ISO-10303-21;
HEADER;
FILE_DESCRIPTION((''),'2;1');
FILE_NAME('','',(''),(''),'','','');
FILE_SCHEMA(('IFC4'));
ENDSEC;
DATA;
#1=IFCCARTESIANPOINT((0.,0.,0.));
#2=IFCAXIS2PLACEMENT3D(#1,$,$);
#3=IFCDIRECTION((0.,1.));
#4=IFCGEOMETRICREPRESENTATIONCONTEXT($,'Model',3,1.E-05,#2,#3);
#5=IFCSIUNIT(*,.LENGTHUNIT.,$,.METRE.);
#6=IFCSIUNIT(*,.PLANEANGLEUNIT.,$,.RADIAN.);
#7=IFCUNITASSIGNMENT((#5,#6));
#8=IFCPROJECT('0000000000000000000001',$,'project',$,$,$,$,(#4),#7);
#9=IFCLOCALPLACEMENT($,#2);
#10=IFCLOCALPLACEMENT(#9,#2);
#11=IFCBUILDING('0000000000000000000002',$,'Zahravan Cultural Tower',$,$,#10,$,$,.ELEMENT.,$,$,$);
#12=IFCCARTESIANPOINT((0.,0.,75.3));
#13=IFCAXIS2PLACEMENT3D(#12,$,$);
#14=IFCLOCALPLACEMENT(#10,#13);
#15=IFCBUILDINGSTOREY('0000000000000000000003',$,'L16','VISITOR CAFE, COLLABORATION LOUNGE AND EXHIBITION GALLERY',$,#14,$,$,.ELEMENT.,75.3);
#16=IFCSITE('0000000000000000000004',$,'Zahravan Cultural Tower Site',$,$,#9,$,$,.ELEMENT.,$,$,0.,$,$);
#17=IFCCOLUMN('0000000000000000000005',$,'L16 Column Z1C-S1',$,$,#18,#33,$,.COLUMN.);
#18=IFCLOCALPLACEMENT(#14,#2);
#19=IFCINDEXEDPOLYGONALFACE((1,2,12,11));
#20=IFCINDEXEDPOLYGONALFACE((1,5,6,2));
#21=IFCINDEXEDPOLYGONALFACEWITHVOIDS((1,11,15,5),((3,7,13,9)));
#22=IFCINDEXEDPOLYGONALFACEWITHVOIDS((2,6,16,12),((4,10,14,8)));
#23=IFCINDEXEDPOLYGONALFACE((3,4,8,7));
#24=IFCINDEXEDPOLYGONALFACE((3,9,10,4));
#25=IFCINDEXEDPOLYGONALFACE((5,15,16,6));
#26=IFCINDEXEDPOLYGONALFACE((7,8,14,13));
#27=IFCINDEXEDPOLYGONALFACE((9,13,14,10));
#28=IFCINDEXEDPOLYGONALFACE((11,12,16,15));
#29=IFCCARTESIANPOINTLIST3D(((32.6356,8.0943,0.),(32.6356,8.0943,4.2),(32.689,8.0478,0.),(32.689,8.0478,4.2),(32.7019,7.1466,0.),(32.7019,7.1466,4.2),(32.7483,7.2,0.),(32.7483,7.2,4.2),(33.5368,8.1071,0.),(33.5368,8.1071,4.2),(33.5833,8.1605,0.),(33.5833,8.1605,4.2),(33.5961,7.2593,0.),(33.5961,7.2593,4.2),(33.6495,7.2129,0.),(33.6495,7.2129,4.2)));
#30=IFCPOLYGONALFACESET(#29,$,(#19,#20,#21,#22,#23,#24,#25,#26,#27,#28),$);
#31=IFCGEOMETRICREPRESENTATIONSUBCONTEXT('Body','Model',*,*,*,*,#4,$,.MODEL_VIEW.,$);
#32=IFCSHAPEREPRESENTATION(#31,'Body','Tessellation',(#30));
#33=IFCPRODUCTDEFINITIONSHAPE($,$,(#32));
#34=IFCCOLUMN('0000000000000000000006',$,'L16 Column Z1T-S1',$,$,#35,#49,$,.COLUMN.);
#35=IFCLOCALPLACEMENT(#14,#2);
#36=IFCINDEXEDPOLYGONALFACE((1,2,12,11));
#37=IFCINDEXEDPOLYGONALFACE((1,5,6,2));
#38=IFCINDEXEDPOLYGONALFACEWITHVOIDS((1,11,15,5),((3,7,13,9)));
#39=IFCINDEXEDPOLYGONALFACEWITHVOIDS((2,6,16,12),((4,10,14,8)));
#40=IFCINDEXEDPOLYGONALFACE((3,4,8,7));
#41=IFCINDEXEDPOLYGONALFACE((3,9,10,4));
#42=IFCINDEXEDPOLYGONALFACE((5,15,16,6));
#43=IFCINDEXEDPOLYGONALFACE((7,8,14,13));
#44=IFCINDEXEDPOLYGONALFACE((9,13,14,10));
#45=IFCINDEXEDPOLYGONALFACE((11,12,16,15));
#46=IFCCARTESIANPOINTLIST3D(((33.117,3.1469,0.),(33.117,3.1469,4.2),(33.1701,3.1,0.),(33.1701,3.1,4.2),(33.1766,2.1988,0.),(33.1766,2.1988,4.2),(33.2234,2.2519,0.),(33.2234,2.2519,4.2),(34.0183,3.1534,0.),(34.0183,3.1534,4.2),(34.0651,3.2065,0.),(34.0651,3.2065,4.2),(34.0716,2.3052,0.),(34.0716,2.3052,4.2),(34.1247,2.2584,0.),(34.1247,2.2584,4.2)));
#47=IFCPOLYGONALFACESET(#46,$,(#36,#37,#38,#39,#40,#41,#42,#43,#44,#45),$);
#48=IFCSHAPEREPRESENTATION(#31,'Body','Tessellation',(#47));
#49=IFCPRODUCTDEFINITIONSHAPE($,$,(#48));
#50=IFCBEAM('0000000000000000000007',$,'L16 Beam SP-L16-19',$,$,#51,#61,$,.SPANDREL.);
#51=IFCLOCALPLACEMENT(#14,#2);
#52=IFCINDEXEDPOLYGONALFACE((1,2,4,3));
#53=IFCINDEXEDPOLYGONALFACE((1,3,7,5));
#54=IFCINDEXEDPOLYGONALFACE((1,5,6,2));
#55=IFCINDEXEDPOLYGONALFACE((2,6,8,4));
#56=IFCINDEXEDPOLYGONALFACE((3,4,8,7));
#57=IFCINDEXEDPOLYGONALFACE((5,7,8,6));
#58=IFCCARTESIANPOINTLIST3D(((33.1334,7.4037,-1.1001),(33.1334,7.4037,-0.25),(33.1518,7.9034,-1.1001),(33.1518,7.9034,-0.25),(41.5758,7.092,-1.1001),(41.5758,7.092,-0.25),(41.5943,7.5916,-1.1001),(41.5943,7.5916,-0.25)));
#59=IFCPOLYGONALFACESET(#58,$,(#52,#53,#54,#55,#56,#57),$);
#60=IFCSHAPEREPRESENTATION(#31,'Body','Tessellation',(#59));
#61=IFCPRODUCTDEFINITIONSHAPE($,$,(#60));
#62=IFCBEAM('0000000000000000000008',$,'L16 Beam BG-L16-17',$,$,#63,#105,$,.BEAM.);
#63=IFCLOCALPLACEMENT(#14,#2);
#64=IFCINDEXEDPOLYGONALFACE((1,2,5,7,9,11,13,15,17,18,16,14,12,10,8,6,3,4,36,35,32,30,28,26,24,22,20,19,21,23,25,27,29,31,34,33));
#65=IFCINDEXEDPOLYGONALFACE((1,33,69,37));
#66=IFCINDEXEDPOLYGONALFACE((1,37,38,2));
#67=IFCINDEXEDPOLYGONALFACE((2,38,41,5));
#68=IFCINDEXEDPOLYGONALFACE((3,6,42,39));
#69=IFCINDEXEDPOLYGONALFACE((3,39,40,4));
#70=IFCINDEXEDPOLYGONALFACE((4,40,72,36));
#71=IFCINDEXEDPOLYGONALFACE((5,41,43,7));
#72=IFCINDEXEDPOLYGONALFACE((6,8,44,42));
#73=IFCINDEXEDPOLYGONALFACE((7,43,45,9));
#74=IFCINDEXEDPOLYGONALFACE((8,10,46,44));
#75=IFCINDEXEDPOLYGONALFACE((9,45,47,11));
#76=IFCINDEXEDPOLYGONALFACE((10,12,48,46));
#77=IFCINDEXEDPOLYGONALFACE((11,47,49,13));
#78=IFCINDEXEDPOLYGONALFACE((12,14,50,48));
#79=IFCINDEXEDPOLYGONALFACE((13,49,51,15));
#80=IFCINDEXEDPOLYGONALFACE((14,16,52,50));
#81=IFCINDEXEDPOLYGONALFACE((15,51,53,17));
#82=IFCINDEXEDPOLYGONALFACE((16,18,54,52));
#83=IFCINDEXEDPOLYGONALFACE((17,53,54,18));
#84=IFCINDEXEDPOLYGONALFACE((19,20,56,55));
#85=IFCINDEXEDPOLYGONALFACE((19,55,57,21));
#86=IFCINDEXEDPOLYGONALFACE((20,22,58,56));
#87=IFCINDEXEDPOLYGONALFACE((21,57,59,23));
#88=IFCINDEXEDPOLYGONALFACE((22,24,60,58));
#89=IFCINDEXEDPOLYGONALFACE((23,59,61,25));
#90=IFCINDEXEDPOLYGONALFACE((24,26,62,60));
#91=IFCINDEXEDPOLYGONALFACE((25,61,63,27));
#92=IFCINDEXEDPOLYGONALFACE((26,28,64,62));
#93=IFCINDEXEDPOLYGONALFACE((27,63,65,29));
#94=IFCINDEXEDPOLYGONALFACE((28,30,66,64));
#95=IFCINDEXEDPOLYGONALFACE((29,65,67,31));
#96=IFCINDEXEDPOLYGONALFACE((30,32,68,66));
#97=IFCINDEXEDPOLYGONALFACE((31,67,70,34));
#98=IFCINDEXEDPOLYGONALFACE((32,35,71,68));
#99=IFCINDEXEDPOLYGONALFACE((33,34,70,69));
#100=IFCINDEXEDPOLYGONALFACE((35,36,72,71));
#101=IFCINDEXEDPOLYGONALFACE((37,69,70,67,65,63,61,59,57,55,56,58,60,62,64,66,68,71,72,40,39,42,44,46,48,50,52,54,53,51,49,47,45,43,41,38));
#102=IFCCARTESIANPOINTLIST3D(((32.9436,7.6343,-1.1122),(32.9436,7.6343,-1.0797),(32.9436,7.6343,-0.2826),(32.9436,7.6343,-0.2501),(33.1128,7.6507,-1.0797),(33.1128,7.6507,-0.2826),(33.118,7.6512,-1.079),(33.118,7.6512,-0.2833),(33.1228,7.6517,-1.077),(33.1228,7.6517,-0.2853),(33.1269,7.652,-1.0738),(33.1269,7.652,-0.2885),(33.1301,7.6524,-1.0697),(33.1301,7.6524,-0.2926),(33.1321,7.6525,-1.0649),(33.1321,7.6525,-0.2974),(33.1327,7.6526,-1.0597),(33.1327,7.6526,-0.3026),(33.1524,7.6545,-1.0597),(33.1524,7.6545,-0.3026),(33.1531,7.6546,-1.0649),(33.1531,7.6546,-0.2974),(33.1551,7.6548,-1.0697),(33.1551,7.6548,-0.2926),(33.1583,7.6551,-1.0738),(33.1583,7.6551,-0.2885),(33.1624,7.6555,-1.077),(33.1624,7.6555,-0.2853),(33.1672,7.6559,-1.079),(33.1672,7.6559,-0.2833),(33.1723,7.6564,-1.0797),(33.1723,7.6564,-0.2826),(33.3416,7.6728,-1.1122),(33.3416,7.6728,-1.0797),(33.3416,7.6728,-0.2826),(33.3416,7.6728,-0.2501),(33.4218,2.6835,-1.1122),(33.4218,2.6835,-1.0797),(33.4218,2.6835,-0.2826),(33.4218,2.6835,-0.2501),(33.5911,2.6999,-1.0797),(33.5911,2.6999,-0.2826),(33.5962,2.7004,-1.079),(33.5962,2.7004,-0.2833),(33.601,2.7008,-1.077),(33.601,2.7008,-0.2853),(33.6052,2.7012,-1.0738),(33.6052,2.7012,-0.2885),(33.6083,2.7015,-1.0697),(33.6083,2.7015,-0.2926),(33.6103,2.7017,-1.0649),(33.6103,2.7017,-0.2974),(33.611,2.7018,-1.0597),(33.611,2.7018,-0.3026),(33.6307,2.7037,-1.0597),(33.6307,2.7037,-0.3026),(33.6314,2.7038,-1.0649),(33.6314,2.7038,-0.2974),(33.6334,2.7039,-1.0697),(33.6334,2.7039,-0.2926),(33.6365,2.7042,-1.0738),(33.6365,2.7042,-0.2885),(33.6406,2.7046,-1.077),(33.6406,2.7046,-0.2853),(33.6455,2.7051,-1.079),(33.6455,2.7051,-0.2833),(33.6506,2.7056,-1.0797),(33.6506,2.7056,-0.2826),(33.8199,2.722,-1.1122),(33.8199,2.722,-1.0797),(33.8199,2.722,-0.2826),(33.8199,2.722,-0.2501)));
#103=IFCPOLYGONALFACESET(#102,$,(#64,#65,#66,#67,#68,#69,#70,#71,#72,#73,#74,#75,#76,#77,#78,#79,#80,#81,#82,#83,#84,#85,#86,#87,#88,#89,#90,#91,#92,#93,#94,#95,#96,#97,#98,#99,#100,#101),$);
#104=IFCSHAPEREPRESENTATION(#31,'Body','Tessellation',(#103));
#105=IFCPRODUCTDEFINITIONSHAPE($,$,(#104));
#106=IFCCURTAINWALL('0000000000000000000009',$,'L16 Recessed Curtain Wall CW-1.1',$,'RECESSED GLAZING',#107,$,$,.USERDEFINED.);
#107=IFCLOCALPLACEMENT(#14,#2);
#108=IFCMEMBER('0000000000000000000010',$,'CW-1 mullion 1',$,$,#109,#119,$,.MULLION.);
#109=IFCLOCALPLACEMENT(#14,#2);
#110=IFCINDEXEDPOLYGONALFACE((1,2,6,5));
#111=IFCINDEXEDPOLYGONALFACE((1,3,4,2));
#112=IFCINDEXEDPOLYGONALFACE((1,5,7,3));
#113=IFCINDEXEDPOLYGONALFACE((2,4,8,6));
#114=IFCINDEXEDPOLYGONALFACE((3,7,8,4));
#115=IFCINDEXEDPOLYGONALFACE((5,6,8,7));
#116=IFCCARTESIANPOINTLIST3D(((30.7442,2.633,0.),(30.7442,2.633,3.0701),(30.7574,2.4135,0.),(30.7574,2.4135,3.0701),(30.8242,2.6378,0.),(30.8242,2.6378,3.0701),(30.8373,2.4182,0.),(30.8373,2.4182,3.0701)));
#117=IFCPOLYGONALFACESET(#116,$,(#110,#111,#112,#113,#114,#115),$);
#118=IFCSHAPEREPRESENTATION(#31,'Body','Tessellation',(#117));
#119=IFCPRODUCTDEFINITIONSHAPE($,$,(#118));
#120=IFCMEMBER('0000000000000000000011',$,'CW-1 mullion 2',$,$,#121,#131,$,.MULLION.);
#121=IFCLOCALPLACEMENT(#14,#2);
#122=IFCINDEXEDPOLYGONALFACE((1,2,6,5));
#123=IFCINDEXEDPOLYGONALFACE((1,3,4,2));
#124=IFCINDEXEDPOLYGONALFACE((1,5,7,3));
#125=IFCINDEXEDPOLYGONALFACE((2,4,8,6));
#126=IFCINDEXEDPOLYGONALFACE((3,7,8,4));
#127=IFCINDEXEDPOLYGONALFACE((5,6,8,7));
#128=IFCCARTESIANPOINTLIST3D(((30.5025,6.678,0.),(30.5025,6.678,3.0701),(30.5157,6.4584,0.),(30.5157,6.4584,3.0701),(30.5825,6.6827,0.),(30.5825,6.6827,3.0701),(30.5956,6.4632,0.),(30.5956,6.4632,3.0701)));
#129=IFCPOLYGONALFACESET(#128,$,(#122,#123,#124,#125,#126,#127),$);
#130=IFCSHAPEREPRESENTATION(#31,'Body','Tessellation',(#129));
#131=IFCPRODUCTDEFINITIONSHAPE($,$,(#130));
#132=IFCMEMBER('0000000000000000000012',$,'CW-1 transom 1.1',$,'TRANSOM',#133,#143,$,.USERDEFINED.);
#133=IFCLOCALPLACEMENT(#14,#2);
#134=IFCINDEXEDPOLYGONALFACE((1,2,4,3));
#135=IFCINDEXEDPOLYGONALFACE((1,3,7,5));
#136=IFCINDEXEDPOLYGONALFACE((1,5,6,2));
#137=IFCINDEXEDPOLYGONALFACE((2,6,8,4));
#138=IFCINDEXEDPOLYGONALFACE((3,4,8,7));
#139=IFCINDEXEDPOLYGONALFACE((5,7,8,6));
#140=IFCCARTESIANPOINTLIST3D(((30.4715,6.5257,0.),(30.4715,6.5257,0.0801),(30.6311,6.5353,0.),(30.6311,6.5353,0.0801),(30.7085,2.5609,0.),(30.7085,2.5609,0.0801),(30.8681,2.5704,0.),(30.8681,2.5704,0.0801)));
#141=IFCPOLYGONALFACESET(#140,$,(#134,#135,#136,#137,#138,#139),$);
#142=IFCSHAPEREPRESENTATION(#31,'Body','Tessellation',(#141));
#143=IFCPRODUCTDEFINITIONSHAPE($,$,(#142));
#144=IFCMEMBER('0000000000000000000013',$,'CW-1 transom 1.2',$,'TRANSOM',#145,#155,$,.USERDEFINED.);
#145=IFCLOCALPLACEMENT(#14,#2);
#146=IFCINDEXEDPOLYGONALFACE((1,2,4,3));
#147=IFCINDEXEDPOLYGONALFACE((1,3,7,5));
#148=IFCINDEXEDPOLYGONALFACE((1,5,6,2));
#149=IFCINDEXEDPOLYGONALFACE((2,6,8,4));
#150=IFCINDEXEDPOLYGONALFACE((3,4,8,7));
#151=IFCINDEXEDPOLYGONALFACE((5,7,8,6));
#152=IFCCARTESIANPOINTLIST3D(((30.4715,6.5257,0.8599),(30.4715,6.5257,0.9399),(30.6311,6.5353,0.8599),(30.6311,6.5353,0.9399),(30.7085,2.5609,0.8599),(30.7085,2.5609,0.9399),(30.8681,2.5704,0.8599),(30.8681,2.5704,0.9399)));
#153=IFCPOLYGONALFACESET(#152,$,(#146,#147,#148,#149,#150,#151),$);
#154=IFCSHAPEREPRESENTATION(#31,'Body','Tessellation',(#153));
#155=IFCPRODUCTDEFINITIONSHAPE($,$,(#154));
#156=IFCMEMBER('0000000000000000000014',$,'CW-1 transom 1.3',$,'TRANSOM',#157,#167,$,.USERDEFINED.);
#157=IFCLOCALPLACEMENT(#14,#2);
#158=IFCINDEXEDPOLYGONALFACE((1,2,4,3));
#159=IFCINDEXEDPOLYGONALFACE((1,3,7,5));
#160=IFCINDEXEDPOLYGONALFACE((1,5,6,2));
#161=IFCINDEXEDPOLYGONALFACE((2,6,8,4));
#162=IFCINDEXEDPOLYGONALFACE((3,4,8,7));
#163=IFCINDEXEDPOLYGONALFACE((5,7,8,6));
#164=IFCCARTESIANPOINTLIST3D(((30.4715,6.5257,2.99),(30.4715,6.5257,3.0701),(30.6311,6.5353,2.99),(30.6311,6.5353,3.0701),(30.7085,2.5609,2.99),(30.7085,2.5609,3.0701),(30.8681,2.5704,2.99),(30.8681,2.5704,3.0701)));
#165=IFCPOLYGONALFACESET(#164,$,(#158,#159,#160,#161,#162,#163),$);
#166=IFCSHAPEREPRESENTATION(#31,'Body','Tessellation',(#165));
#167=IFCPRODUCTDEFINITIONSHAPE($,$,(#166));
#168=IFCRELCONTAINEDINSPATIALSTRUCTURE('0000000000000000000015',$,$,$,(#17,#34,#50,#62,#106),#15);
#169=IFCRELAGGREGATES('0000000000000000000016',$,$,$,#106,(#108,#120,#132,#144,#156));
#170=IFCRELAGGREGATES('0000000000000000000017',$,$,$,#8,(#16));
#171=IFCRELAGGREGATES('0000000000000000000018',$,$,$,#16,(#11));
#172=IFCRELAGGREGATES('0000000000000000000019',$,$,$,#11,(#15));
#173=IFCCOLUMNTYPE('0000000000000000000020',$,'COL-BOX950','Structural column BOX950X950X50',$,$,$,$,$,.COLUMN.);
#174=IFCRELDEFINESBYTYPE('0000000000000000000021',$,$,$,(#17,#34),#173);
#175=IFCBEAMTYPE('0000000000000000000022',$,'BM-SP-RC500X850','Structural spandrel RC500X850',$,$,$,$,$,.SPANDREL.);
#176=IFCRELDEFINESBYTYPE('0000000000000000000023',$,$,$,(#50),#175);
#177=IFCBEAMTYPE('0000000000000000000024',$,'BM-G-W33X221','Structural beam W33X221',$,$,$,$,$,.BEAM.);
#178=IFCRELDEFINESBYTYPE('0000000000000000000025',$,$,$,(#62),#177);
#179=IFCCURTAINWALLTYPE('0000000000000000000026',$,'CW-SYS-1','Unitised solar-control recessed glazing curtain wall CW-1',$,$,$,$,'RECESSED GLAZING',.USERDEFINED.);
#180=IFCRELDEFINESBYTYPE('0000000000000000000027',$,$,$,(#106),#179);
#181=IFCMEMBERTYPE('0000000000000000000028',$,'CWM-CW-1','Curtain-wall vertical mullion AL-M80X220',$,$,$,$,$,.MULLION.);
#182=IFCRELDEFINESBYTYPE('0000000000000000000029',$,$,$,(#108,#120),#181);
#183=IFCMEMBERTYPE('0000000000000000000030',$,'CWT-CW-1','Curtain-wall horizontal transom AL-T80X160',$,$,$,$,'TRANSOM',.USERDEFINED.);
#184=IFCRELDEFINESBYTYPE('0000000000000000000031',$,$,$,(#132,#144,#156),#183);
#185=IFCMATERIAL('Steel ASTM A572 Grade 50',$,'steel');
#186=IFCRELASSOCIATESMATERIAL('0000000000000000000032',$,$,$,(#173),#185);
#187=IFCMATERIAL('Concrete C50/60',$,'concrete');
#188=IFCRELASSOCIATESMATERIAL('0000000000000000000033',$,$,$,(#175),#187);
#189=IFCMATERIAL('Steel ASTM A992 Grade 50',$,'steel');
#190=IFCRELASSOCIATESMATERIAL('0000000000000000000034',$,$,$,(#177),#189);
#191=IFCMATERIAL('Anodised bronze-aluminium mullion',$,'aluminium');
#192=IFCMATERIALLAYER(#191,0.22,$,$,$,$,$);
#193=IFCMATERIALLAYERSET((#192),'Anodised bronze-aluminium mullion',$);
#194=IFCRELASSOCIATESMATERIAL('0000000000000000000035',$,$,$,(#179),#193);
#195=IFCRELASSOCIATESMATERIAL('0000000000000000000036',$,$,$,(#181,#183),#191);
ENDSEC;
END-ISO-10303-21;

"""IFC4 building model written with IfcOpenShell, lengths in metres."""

from ifc_helpers import new_model, si_unit, direction, frame, origin, origin_2d, place, context, subcontext, project, spatial, rectangle, hollow_rectangle, i_section, extrude, source, transform, mapped, material, layer, layer_set, material_profile, profile_set, type_object, element, aggregate, save


model = new_model("IFC4")

# Units and contexts
model_context = context("Model", 3, precision=1e-05, world=origin(), true_north=direction((0.0, 1.0)))
body_context = subcontext(model_context, "Body", "Model", "MODEL_VIEW")
ifc_project = project(units=[si_unit("LENGTHUNIT", "METRE"), si_unit("PLANEANGLEUNIT", "RADIAN")], contexts=[model_context])

# Site, building, storey
site_placement = place(None, origin())
site = spatial("IfcSite", under=ifc_project, at=site_placement, Name="Zahravan Cultural Tower Site", CompositionType="ELEMENT", RefElevation=0.0)
building_placement = place(site_placement, origin())
building = spatial("IfcBuilding", under=site, at=building_placement, Name="Zahravan Cultural Tower", CompositionType="ELEMENT")
storey_placement = place(building_placement, frame((0.0, 0.0, 75.3)))
storey = spatial("IfcBuildingStorey", under=building, at=storey_placement, Name="L16", Description="VISITOR CAFE, COLLABORATION LOUNGE AND EXHIBITION GALLERY", CompositionType="ELEMENT", Elevation=75.3)

# Columns
ifc_material_1 = material(Name="Steel ASTM A572 Grade 50", Category="steel")
ifc_material_profile_1 = material_profile(ifc_material_1, hollow_rectangle(XDim=0.95, YDim=0.95, WallThickness=0.05, at=origin_2d()), Name="BOX950X950X50")
ifc_profile_set_1 = profile_set([ifc_material_profile_1], Name="Steel ASTM A572 Grade 50")
column_type = type_object("IfcColumnType", Name="COL-BOX950", Description="Structural column BOX950X950X50", PredefinedType="COLUMN", material=ifc_profile_set_1)
shared_shape_1 = source(origin(), body_context, "Body", "SweptSolid", [
    extrude(hollow_rectangle(XDim=0.95, YDim=0.95, WallThickness=0.05, at=origin_2d()), origin(), (0.0, 0.0, 1.0), 4.2),
])
for number, where, z_axis, x_axis, name in (
    (1, (33.1426, 7.6536, 0.0), (0.0, 0.0, 1.0), (-0.069756, 0.997564, 0.0), "L16 Column Z1C-S1"),
    (2, (33.6208, 2.7026, 0.0), (0.0, 0.0, 1.0), (-0.062791, 0.998027, 0.0), "L16 Column Z1T-S1"),
):
    element("IfcColumn", number, at=place(storey_placement, frame(where, z_axis=z_axis, x_axis=x_axis)), inside=storey, type_object=column_type, Name=name, PredefinedType="COLUMN", context=body_context, shape_type="MappedRepresentation", body=[
        mapped(shared_shape_1, transform((0.0, 0.0, 0.0), x_axis=(1.0, 0.0, 0.0), y_axis=(0.0, 1.0, 0.0), z_axis=(0.0, 0.0, 1.0), scale=1.0)),
    ])

# Beams
ifc_material_2 = material(Name="Concrete C50/60", Category="concrete")
ifc_material_profile_2 = material_profile(ifc_material_2, rectangle(XDim=0.5, YDim=0.8501, at=origin_2d()), Name="RC500X850")
ifc_profile_set_2 = profile_set([ifc_material_profile_2], Name="Concrete C50/60")
beam_type_1 = type_object("IfcBeamType", Name="BM-SP-RC500X850", Description="Structural spandrel RC500X850", PredefinedType="SPANDREL", material=ifc_profile_set_2)
shared_shape_2 = source(origin(), body_context, "Body", "SweptSolid", [
    extrude(rectangle(XDim=0.5, YDim=0.8501, at=origin_2d()), origin(), (0.0, 0.0, 1.0), 8.4482),
])
beam_1_placement = place(storey_placement, frame((33.1426, 7.6536, -0.675), z_axis=(0.999319, -0.036904, 0.0), x_axis=(0.036904, 0.999319, 0.0)))
element("IfcBeam", 3, at=beam_1_placement, inside=storey, type_object=beam_type_1, Name="L16 Beam SP-L16-19", PredefinedType="SPANDREL", context=body_context, shape_type="MappedRepresentation", body=[
    mapped(shared_shape_2, transform((0.0, 0.0, 0.0), x_axis=(1.0, 0.0, 0.0), y_axis=(0.0, 1.0, 0.0), z_axis=(0.0, 0.0, 1.0), scale=1.0)),
])
ifc_material_3 = material(Name="Steel ASTM A992 Grade 50", Category="steel")
ifc_material_profile_3 = material_profile(ifc_material_3, i_section(OverallWidth=0.3999, OverallDepth=0.8621, WebThickness=0.0198, FlangeThickness=0.0325, FilletRadius=0.02, at=origin_2d()), Name="W33X221")
ifc_profile_set_3 = profile_set([ifc_material_profile_3], Name="Steel ASTM A992 Grade 50")
beam_type_2 = type_object("IfcBeamType", Name="BM-G-W33X221", Description="Structural beam W33X221", PredefinedType="BEAM", material=ifc_profile_set_3)
shared_shape_3 = source(origin(), body_context, "Body", "SweptSolid", [
    extrude(i_section(OverallWidth=0.3999, OverallDepth=0.8621, WebThickness=0.0198, FlangeThickness=0.0325, FilletRadius=0.02, at=origin_2d()), origin(), (0.0, 0.0, 1.0), 4.9739),
])
beam_2_placement = place(storey_placement, frame((33.1426, 7.6536, -0.6812), z_axis=(0.096155, -0.995366, 0.0), x_axis=(0.995366, 0.096155, 0.0)))
element("IfcBeam", 4, at=beam_2_placement, inside=storey, type_object=beam_type_2, Name="L16 Beam BG-L16-17", PredefinedType="BEAM", context=body_context, shape_type="MappedRepresentation", body=[
    mapped(shared_shape_3, transform((0.0, 0.0, 0.0), x_axis=(1.0, 0.0, 0.0), y_axis=(0.0, 1.0, 0.0), z_axis=(0.0, 0.0, 1.0), scale=1.0)),
])

# Curtain wall, members
ifc_material_4 = material(Name="Anodised bronze-aluminium mullion", Category="aluminium")
ifc_layer_1 = layer(ifc_material_4, 0.22)
ifc_layer_set_1 = layer_set([ifc_layer_1], Name="Anodised bronze-aluminium mullion")
curtain_wall_type = type_object("IfcCurtainWallType", Name="CW-SYS-1", Description="Unitised solar-control recessed glazing curtain wall CW-1", ElementType="RECESSED GLAZING", PredefinedType="USERDEFINED", material=ifc_layer_set_1)
curtain_wall_placement = place(storey_placement, origin())
curtain_wall = element("IfcCurtainWall", 5, at=curtain_wall_placement, inside=storey, type_object=curtain_wall_type, Name="L16 Recessed Curtain Wall CW-1.1", ObjectType="RECESSED GLAZING", PredefinedType="USERDEFINED")
ifc_material_profile_4 = material_profile(ifc_material_4, rectangle(XDim=0.0801, YDim=0.22, at=origin_2d()), Name="AL-M80X220")
ifc_profile_set_4 = profile_set([ifc_material_profile_4], Name="Anodised bronze-aluminium mullion")
member_type_1 = type_object("IfcMemberType", Name="CWM-CW-1", Description="Curtain-wall vertical mullion AL-M80X220", PredefinedType="MULLION", material=ifc_profile_set_4)
shared_shape_4 = source(origin(), body_context, "Body", "SweptSolid", [
    extrude(rectangle(XDim=0.0801, YDim=0.22, at=origin_2d()), origin(), (0.0, 0.0, 1.0), 3.0701),
])
member_1_placement = place(storey_placement, frame((30.7908, 2.5256, 0.0), z_axis=(0.0, 0.0, 1.0), x_axis=(-0.998219, -0.059652, 0.0)))
member_1 = element("IfcMember", 6, at=member_1_placement, type_object=member_type_1, Name="CW-1 mullion 1", PredefinedType="MULLION", context=body_context, shape_type="MappedRepresentation", body=[
    mapped(shared_shape_4, transform((0.0, 0.0, 0.0), x_axis=(1.0, 0.0, 0.0), y_axis=(0.0, 1.0, 0.0), z_axis=(0.0, 0.0, 1.0), scale=1.0)),
])
member_2_placement = place(storey_placement, frame((30.5491, 6.5706, 0.0), z_axis=(0.0, 0.0, 1.0), x_axis=(-0.998219, -0.059652, 0.0)))
member_2 = element("IfcMember", 7, at=member_2_placement, type_object=member_type_1, Name="CW-1 mullion 2", PredefinedType="MULLION", context=body_context, shape_type="MappedRepresentation", body=[
    mapped(shared_shape_4, transform((0.0, 0.0, 0.0), x_axis=(1.0, 0.0, 0.0), y_axis=(0.0, 1.0, 0.0), z_axis=(0.0, 0.0, 1.0), scale=1.0)),
])
ifc_material_profile_5 = material_profile(ifc_material_4, rectangle(XDim=0.1599, YDim=0.0801, at=origin_2d()), Name="AL-T80X160")
ifc_profile_set_5 = profile_set([ifc_material_profile_5], Name="Anodised bronze-aluminium mullion")
member_type_2 = type_object("IfcMemberType", Name="CWT-CW-1", Description="Curtain-wall horizontal transom AL-T80X160", ElementType="TRANSOM", PredefinedType="USERDEFINED", material=ifc_profile_set_5)
shared_shape_5 = source(origin(), body_context, "Body", "SweptSolid", [
    extrude(rectangle(XDim=0.1599, YDim=0.0801, at=origin_2d()), origin(), (0.0, 0.0, 1.0), 3.9719),
])
member_3_placement = place(storey_placement, frame((30.7883, 2.5657, 0.04), z_axis=(-0.059684, 0.998217, 0.0), x_axis=(-0.998217, -0.059684, 0.0)))
member_3 = element("IfcMember", 8, at=member_3_placement, type_object=member_type_2, Name="CW-1 transom 1.1", ObjectType="TRANSOM", PredefinedType="USERDEFINED", context=body_context, shape_type="MappedRepresentation", body=[
    mapped(shared_shape_5, transform((0.0, 0.0, 0.0), x_axis=(1.0, 0.0, 0.0), y_axis=(0.0, 1.0, 0.0), z_axis=(0.0, 0.0, 1.0), scale=1.0)),
])
member_4_placement = place(storey_placement, frame((30.7883, 2.5657, 0.8999), z_axis=(-0.059684, 0.998217, 0.0), x_axis=(-0.998217, -0.059684, 0.0)))
member_4 = element("IfcMember", 9, at=member_4_placement, type_object=member_type_2, Name="CW-1 transom 1.2", ObjectType="TRANSOM", PredefinedType="USERDEFINED", context=body_context, shape_type="MappedRepresentation", body=[
    mapped(shared_shape_5, transform((0.0, 0.0, 0.0), x_axis=(1.0, 0.0, 0.0), y_axis=(0.0, 1.0, 0.0), z_axis=(0.0, 0.0, 1.0), scale=1.0)),
])
member_5_placement = place(storey_placement, frame((30.7883, 2.5657, 3.03), z_axis=(-0.059684, 0.998217, 0.0), x_axis=(-0.998217, -0.059684, 0.0)))
member_5 = element("IfcMember", 10, at=member_5_placement, type_object=member_type_2, Name="CW-1 transom 1.3", ObjectType="TRANSOM", PredefinedType="USERDEFINED", context=body_context, shape_type="MappedRepresentation", body=[
    mapped(shared_shape_5, transform((0.0, 0.0, 0.0), x_axis=(1.0, 0.0, 0.0), y_axis=(0.0, 1.0, 0.0), z_axis=(0.0, 0.0, 1.0), scale=1.0)),
])
aggregate(curtain_wall, [member_1, member_2, member_3, member_4, member_5])

save(model, "model.ifc")
